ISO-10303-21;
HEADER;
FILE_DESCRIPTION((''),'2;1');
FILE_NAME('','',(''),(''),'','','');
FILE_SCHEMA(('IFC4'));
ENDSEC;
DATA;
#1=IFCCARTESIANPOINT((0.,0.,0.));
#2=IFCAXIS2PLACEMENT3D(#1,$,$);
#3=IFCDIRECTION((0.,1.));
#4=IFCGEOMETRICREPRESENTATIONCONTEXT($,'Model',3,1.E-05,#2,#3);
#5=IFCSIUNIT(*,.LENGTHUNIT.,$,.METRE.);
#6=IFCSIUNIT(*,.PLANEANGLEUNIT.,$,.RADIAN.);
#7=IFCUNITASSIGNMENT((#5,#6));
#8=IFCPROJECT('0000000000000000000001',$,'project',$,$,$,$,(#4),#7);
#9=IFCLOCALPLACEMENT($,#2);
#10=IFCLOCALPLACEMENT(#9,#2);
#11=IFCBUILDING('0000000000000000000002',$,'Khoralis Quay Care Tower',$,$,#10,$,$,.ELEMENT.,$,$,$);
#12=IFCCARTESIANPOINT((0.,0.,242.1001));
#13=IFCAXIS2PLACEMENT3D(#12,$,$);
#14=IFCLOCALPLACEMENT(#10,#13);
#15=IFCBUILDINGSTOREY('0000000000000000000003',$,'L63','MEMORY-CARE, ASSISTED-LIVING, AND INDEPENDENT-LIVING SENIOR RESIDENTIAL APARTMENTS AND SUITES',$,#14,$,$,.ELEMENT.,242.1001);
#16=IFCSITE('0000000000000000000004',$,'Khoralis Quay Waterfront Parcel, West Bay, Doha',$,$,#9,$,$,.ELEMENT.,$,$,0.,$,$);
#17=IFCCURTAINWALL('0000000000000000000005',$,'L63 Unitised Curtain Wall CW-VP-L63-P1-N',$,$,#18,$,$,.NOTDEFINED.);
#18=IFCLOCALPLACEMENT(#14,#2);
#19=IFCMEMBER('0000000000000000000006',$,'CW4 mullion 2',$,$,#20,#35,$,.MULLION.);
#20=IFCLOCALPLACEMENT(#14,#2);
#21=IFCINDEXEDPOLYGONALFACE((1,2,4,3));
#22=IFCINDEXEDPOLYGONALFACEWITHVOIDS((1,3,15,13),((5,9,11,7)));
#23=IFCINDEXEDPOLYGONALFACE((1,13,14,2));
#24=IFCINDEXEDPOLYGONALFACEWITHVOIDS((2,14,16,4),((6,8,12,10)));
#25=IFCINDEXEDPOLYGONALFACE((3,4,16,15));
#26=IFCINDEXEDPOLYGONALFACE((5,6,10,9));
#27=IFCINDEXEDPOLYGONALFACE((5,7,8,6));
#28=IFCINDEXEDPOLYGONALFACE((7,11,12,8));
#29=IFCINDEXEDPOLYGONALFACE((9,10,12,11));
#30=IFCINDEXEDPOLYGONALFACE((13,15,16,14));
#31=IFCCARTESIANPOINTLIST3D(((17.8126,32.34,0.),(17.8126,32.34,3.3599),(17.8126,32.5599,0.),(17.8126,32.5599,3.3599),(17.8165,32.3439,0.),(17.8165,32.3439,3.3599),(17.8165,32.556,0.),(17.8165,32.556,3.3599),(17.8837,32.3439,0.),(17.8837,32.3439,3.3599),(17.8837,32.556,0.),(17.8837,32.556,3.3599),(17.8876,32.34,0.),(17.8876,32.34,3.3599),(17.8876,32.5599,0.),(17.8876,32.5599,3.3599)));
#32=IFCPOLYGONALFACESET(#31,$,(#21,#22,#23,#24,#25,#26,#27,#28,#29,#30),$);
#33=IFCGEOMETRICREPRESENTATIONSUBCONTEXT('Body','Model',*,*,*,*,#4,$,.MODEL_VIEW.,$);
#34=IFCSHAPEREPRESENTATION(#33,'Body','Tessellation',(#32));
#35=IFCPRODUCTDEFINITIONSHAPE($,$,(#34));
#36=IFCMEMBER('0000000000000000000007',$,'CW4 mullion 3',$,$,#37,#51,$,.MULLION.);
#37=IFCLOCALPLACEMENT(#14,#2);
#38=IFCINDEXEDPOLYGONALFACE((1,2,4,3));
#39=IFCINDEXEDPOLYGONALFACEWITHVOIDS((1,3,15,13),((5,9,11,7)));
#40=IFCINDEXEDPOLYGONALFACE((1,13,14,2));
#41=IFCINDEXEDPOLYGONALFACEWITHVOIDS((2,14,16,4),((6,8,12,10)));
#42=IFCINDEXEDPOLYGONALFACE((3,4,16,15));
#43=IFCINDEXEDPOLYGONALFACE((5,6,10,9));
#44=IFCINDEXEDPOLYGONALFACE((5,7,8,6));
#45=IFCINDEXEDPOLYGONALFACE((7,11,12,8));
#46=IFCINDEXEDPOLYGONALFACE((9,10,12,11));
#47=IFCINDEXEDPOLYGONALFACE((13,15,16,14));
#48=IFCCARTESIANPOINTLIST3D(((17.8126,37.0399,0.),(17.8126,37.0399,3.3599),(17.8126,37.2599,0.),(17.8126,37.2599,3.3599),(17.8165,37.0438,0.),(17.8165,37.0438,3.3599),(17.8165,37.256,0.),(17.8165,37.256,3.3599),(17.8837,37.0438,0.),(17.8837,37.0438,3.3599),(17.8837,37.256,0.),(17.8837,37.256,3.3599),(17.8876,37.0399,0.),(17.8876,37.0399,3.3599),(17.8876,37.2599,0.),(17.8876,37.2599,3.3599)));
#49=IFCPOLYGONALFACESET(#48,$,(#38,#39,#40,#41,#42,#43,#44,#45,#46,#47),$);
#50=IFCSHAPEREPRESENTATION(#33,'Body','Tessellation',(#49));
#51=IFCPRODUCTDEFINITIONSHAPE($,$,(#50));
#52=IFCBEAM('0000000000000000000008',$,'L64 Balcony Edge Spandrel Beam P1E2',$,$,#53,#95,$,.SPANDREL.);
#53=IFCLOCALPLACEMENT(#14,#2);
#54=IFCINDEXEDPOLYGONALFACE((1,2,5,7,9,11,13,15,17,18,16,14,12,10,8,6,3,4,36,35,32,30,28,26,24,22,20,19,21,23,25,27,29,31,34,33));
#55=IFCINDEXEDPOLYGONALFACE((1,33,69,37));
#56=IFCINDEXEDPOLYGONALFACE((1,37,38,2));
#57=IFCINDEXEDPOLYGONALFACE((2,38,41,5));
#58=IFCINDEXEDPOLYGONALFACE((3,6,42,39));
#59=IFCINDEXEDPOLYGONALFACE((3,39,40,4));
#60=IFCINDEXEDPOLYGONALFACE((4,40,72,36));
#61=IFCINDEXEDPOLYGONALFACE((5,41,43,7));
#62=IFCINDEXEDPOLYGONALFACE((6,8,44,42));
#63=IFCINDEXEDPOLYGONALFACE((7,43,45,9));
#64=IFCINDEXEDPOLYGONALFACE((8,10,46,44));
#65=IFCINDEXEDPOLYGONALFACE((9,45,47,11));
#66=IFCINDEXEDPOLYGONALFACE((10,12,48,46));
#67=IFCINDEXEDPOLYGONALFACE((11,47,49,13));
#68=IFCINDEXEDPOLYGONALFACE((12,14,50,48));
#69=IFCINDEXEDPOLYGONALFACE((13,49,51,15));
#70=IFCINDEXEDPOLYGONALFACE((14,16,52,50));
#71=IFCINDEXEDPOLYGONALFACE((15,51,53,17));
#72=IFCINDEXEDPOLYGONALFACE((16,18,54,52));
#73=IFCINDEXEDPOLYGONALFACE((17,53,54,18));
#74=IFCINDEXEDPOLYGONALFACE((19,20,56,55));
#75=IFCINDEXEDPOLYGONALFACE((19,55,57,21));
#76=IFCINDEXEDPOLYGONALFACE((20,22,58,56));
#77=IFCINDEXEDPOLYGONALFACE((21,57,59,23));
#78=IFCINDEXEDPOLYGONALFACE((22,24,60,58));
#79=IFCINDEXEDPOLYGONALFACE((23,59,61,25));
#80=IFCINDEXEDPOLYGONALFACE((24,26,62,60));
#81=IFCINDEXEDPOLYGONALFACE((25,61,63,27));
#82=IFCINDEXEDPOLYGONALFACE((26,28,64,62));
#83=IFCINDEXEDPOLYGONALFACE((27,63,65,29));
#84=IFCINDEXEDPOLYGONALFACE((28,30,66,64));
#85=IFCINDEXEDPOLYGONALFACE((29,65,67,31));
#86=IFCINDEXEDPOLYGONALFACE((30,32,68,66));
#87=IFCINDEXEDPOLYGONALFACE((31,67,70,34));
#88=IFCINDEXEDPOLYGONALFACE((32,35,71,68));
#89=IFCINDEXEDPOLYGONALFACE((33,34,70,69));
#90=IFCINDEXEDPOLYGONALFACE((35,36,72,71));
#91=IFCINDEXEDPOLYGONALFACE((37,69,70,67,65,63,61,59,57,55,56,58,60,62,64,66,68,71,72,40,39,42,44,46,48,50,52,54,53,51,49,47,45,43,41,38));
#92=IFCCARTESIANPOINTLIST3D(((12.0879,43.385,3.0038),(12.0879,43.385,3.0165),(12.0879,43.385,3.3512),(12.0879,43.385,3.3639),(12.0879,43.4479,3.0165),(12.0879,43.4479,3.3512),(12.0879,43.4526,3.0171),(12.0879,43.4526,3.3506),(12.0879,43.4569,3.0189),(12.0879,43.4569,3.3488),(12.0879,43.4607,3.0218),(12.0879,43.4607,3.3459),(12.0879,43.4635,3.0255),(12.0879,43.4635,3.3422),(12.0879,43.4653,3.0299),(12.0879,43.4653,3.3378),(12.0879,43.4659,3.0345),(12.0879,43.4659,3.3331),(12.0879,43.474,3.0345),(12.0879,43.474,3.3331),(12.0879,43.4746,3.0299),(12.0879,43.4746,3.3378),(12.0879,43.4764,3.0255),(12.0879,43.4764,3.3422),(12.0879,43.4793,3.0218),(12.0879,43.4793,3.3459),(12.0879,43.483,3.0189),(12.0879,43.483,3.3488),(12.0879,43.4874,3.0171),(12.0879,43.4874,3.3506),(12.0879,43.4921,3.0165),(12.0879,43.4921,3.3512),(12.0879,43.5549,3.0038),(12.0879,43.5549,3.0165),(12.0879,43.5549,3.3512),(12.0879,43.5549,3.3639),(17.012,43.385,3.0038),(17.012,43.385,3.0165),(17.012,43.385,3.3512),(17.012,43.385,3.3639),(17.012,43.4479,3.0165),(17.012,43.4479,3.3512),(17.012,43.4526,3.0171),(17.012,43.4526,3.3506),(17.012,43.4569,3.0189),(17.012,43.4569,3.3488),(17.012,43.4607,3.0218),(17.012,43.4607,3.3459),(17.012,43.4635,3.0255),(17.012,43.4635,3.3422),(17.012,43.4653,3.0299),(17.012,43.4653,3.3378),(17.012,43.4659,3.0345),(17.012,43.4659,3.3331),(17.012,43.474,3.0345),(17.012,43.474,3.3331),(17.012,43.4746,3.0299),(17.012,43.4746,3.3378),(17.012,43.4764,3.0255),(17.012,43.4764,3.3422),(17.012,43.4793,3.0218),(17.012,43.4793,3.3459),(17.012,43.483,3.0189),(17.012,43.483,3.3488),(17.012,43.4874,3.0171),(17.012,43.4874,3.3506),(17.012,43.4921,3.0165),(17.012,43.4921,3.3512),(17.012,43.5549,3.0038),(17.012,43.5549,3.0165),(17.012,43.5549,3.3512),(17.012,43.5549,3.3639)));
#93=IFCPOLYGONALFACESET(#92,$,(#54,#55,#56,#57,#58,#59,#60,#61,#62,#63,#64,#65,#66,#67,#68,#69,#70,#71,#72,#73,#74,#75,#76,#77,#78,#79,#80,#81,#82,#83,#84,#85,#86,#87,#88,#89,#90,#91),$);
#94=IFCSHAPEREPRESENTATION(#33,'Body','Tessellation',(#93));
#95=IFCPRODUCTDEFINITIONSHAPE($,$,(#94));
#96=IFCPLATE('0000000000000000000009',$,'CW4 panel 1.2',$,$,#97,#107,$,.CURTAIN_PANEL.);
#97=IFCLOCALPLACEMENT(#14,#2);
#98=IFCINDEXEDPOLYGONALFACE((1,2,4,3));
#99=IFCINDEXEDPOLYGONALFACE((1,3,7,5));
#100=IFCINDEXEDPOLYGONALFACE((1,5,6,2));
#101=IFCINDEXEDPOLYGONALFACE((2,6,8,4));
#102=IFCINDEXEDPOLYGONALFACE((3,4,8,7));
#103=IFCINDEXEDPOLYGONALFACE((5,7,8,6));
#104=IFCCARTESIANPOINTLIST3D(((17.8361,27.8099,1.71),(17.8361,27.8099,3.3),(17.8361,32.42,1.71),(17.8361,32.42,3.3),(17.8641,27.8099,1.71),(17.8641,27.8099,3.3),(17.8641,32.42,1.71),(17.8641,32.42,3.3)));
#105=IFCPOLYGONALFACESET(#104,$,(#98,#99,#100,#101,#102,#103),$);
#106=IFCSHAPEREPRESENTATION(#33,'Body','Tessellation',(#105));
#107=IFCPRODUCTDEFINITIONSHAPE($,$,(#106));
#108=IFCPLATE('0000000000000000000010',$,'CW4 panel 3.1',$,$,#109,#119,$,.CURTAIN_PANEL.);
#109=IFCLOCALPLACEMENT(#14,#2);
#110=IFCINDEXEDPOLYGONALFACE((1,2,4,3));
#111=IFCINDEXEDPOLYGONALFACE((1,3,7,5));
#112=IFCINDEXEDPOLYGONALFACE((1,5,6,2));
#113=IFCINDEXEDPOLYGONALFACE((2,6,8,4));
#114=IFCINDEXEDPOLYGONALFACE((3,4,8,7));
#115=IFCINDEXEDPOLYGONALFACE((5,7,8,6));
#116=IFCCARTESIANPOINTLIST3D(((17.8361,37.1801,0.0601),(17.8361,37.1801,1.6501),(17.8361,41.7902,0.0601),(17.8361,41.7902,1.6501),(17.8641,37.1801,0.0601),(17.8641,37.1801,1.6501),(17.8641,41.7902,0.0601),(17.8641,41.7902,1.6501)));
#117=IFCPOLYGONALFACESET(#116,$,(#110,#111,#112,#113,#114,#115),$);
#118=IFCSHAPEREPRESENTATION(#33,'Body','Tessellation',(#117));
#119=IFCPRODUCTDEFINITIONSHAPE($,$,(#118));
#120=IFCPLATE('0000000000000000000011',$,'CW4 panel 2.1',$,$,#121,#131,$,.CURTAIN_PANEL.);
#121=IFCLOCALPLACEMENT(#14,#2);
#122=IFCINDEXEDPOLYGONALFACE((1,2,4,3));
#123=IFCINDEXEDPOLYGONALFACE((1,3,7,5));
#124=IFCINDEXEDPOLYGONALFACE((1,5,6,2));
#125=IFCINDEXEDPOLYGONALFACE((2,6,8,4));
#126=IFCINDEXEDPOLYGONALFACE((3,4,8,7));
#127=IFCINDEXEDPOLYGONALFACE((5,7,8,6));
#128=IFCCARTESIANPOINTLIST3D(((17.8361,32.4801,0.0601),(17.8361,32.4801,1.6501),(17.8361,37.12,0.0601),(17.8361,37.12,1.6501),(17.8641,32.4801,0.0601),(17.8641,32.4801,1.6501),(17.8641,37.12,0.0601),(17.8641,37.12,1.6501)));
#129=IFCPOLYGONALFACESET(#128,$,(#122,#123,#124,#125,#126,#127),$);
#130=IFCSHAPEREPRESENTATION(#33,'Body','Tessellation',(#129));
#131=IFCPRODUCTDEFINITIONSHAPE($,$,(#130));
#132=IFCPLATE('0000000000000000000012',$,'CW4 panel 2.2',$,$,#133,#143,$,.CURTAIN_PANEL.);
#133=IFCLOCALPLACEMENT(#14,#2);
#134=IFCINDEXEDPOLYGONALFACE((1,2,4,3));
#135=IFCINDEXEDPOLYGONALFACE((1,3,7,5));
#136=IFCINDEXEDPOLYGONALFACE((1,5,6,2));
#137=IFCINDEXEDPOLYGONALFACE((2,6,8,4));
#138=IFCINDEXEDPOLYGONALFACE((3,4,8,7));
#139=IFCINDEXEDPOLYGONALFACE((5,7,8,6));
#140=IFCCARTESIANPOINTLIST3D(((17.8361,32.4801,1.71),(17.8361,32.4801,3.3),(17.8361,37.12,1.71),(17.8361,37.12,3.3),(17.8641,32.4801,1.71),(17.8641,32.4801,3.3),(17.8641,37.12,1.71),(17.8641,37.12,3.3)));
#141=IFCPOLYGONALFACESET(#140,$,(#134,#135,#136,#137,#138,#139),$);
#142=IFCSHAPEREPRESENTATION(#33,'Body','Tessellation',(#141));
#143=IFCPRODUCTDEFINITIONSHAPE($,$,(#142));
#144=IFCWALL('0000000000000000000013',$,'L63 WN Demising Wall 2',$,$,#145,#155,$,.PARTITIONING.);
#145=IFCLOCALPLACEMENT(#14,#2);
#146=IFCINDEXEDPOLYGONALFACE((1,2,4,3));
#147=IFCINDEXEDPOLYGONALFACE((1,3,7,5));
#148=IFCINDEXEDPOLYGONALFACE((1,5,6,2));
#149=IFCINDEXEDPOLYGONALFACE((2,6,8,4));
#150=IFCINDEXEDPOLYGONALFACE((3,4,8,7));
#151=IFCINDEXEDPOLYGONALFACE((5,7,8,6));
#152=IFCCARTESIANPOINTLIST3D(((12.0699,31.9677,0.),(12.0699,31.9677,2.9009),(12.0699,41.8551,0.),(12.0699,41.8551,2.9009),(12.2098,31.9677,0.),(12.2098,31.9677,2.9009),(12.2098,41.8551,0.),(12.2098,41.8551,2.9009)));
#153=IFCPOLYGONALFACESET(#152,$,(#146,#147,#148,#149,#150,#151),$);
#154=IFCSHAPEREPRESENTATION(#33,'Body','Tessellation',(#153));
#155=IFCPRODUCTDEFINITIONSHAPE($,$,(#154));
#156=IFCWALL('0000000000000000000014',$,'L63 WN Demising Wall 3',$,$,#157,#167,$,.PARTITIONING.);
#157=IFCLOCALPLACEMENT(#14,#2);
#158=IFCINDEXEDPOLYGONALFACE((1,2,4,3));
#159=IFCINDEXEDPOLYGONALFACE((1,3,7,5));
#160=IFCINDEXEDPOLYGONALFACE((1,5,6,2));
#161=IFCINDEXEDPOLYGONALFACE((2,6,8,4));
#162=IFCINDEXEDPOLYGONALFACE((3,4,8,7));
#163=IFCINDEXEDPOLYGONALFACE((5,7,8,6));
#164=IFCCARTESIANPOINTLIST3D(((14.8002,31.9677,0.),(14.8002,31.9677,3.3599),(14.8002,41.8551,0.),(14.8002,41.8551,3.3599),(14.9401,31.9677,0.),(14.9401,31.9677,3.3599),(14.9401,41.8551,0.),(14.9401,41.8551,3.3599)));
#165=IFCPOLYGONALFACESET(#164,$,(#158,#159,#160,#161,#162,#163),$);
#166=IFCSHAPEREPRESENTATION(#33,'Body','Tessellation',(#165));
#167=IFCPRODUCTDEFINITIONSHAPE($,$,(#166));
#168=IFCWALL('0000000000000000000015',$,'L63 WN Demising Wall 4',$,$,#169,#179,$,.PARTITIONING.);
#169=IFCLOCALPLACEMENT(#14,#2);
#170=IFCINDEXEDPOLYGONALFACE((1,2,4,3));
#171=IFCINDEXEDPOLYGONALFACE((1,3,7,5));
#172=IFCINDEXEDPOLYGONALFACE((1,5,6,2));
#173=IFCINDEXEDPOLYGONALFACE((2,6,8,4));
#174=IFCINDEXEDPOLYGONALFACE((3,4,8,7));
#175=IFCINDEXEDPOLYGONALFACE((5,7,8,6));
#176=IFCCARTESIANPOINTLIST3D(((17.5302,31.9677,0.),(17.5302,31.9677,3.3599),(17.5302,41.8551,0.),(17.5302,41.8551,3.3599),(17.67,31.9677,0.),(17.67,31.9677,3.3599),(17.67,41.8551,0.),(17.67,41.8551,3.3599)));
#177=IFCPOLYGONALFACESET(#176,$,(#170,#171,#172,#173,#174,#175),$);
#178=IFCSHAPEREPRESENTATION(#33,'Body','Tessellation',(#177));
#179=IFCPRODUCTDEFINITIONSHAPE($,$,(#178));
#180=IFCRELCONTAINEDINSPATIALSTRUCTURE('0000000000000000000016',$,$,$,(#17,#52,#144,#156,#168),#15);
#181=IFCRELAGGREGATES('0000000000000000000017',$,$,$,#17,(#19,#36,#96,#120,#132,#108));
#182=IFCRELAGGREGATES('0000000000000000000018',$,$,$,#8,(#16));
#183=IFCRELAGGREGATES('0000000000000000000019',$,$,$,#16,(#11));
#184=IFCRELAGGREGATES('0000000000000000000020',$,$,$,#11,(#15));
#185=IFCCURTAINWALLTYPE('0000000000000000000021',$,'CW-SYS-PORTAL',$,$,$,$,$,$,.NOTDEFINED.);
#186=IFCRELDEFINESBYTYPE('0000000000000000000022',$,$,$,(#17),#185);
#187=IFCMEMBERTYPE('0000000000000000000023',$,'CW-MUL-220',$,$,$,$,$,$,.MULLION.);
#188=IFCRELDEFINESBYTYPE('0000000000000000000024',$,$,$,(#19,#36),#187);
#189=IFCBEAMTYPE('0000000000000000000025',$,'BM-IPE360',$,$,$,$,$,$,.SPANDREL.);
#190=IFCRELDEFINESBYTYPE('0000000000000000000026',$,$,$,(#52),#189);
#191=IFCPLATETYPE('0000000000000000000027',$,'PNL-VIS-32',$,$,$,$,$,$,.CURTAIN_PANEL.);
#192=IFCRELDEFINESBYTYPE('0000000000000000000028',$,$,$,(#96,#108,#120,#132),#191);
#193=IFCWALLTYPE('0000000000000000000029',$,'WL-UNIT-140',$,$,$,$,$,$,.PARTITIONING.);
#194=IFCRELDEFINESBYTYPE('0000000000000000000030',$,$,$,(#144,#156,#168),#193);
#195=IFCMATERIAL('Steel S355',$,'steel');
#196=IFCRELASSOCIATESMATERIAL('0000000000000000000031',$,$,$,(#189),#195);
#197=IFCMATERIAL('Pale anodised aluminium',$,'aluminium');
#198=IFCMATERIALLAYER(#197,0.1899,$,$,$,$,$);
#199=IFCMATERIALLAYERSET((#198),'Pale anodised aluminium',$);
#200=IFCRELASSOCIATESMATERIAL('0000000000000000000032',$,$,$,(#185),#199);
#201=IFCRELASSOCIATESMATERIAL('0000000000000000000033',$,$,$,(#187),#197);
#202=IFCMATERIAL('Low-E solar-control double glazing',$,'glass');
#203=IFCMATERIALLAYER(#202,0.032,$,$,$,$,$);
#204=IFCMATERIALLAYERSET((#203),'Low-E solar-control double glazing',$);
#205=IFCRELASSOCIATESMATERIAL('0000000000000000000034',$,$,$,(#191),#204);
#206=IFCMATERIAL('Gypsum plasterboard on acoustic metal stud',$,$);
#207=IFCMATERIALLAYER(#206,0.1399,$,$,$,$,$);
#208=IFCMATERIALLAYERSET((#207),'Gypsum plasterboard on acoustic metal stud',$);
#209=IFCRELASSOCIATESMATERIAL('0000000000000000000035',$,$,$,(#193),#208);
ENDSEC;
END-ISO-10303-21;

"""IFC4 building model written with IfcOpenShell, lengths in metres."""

from ifc_helpers import new_model, si_unit, direction, frame, frame_2d, origin, origin_2d, place, context, subcontext, project, spatial, rectangle, hollow_rectangle, i_section, extrude, source, transform, mapped, material, layer, layer_set, material_profile, profile_set, type_object, element, aggregate, save


model = new_model("IFC4")

# Units and contexts
model_context = context("Model", 3, precision=1e-05, world=origin(), true_north=direction((0.0, 1.0)))
body_context = subcontext(model_context, "Body", "Model", "MODEL_VIEW")
ifc_project = project(units=[si_unit("LENGTHUNIT", "METRE"), si_unit("PLANEANGLEUNIT", "RADIAN")], contexts=[model_context])

# Site, building, storey
site_placement = place(None, origin())
site = spatial("IfcSite", under=ifc_project, at=site_placement, Name="Khoralis Quay Waterfront Parcel, West Bay, Doha", CompositionType="ELEMENT", RefElevation=0.0)
building_placement = place(site_placement, origin())
building = spatial("IfcBuilding", under=site, at=building_placement, Name="Khoralis Quay Care Tower", CompositionType="ELEMENT")
storey_placement = place(building_placement, frame((0.0, 0.0, 242.1001)))
storey = spatial("IfcBuildingStorey", under=building, at=storey_placement, Name="L63", Description="MEMORY-CARE, ASSISTED-LIVING, AND INDEPENDENT-LIVING SENIOR RESIDENTIAL APARTMENTS AND SUITES", CompositionType="ELEMENT", Elevation=242.1001)

# Shared definitions
ifc_material_1 = material(Name="Steel S355", Category="steel")
ifc_material_profile_1 = material_profile(ifc_material_1, i_section(OverallWidth=0.1699, OverallDepth=0.3601, WebThickness=0.0081, FlangeThickness=0.0127, FilletRadius=0.0181, at=origin_2d()), Name="Steel S355")
ifc_profile_set_1 = profile_set([ifc_material_profile_1], Name="Steel S355")
beam_type = type_object("IfcBeamType", Name="BM-IPE360", PredefinedType="SPANDREL", material=ifc_profile_set_1)

# Curtain wall, members
ifc_material_2 = material(Name="Pale anodised aluminium", Category="aluminium")
ifc_layer_1 = layer(ifc_material_2, 0.1899)
ifc_layer_set_1 = layer_set([ifc_layer_1], Name="Pale anodised aluminium")
curtain_wall_type = type_object("IfcCurtainWallType", Name="CW-SYS-PORTAL", PredefinedType="NOTDEFINED", material=ifc_layer_set_1)
curtain_wall_placement = place(storey_placement, origin())
curtain_wall = element("IfcCurtainWall", 1, at=curtain_wall_placement, inside=storey, type_object=curtain_wall_type, Name="L63 Unitised Curtain Wall CW-VP-L63-P1-N", PredefinedType="NOTDEFINED")
ifc_material_profile_2 = material_profile(ifc_material_2, hollow_rectangle(XDim=0.075, YDim=0.22, WallThickness=0.0039, at=origin_2d()), Name="Pale anodised aluminium")
ifc_profile_set_2 = profile_set([ifc_material_profile_2], Name="Pale anodised aluminium")
member_type_1 = type_object("IfcMemberType", Name="CW-MUL-220", PredefinedType="MULLION", material=ifc_profile_set_2)
shared_shape_1 = source(origin(), body_context, "Body", "SweptSolid", [
    extrude(hollow_rectangle(XDim=0.075, YDim=0.22, WallThickness=0.0039, at=origin_2d()), origin(), (0.0, 0.0, 1.0), 3.3599),
])
member_1_placement = place(storey_placement, frame((17.8501, 32.45, 0.0), z_axis=(0.0, 0.0, 1.0), x_axis=(-1.0, 0.0, 0.0)))
member_1 = element("IfcMember", 2, at=member_1_placement, type_object=member_type_1, Name="CW4 mullion 2", PredefinedType="MULLION", context=body_context, shape_type="MappedRepresentation", body=[
    mapped(shared_shape_1, transform((0.0, 0.0, 0.0), scale=1.0)),
])
member_2_placement = place(storey_placement, frame((17.8501, 37.1499, 0.0), z_axis=(0.0, 0.0, 1.0), x_axis=(-1.0, 0.0, 0.0)))
member_2 = element("IfcMember", 3, at=member_2_placement, type_object=member_type_1, Name="CW4 mullion 3", PredefinedType="MULLION", context=body_context, shape_type="MappedRepresentation", body=[
    mapped(shared_shape_1, transform((0.0, 0.0, 0.0), scale=1.0)),
])

# Beam
shared_shape_2 = source(origin(), body_context, "Body", "SweptSolid", [
    extrude(i_section(OverallWidth=0.1699, OverallDepth=0.3601, WebThickness=0.0081, FlangeThickness=0.0127, FilletRadius=0.0181, at=origin_2d()), origin(), (0.0, 0.0, 1.0), 4.9241),
])
beam_1_placement = place(storey_placement, frame((12.0879, 43.47, 3.1838), z_axis=(1.0, 0.0, 0.0), x_axis=(0.0, 1.0, 0.0)))
element("IfcBeam", 4, at=beam_1_placement, inside=storey, type_object=beam_type, Name="L64 Balcony Edge Spandrel Beam P1E2", PredefinedType="SPANDREL", context=body_context, shape_type="MappedRepresentation", body=[
    mapped(shared_shape_2, transform((0.0, 0.0, 0.0), scale=1.0)),
])

# Plates
ifc_material_3 = material(Name="Low-E solar-control double glazing", Category="glass")
ifc_layer_2 = layer(ifc_material_3, 0.032)
ifc_layer_set_2 = layer_set([ifc_layer_2], Name="Low-E solar-control double glazing")
plate_type = type_object("IfcPlateType", Name="PNL-VIS-32", PredefinedType="CURTAIN_PANEL", material=ifc_layer_set_2)
shared_shape_3 = source(origin(), body_context, "Body", "SweptSolid", [
    extrude(rectangle(XDim=4.6101, YDim=0.0281, at=origin_2d()), origin(), (0.0, 0.0, 1.0), 1.5901),
])
plate_1_placement = place(storey_placement, frame((17.8501, 30.115, 1.71), z_axis=(0.0, 0.0, 1.0), x_axis=(0.0, 1.0, 0.0)))
plate_1 = element("IfcPlate", 5, at=plate_1_placement, type_object=plate_type, Name="CW4 panel 1.2", PredefinedType="CURTAIN_PANEL", context=body_context, shape_type="MappedRepresentation", body=[
    mapped(shared_shape_3, transform((0.0, 0.0, 0.0), scale=1.0)),
])
plate_2_placement = place(storey_placement, frame((17.8501, 39.4851, 0.0601), z_axis=(0.0, 0.0, 1.0), x_axis=(0.0, 1.0, 0.0)))
plate_2 = element("IfcPlate", 6, at=plate_2_placement, type_object=plate_type, Name="CW4 panel 3.1", PredefinedType="CURTAIN_PANEL", context=body_context, shape_type="MappedRepresentation", body=[
    mapped(shared_shape_3, transform((0.0, 0.0, 0.0), scale=1.0)),
])
shared_shape_4 = source(origin(), body_context, "Body", "SweptSolid", [
    extrude(rectangle(XDim=4.6399, YDim=0.0281, at=origin_2d()), origin(), (0.0, 0.0, 1.0), 1.5901),
])
plate_3_placement = place(storey_placement, frame((17.8501, 34.8, 0.0601), z_axis=(0.0, 0.0, 1.0), x_axis=(0.0, 1.0, 0.0)))
plate_3 = element("IfcPlate", 7, at=plate_3_placement, type_object=plate_type, Name="CW4 panel 2.1", PredefinedType="CURTAIN_PANEL", context=body_context, shape_type="MappedRepresentation", body=[
    mapped(shared_shape_4, transform((0.0, 0.0, 0.0), scale=1.0)),
])
plate_4_placement = place(storey_placement, frame((17.8501, 34.8, 1.71), z_axis=(0.0, 0.0, 1.0), x_axis=(0.0, 1.0, 0.0)))
plate_4 = element("IfcPlate", 8, at=plate_4_placement, type_object=plate_type, Name="CW4 panel 2.2", PredefinedType="CURTAIN_PANEL", context=body_context, shape_type="MappedRepresentation", body=[
    mapped(shared_shape_4, transform((0.0, 0.0, 0.0), scale=1.0)),
])
aggregate(curtain_wall, [member_1, member_2, plate_1, plate_3, plate_4, plate_2])

# Walls
ifc_material_4 = material(Name="Gypsum plasterboard on acoustic metal stud")
ifc_layer_3 = layer(ifc_material_4, 0.1399)
ifc_layer_set_3 = layer_set([ifc_layer_3], Name="Gypsum plasterboard on acoustic metal stud")
wall_type = type_object("IfcWallType", Name="WL-UNIT-140", PredefinedType="PARTITIONING", material=ifc_layer_set_3)
wall_placement = place(storey_placement, frame((12.1399, 31.9675, 0.0), z_axis=(0.0, 0.0, 1.0), x_axis=(0.0, 1.0, 0.0)))
element("IfcWall", 9, at=wall_placement, inside=storey, type_object=wall_type, Name="L63 WN Demising Wall 2", PredefinedType="PARTITIONING", context=body_context, shape_type="SweptSolid", body=[
    extrude(rectangle(XDim=9.8875, YDim=0.1399, at=frame_2d((4.9438, 0.0))), origin(), (0.0, 0.0, 1.0), 2.9009),
])
for number, where, z_axis, x_axis, name in (
    (10, (14.8701, 31.9675, 0.0), (0.0, 0.0, 1.0), (0.0, 1.0, 0.0), "L63 WN Demising Wall 3"),
    (11, (17.6001, 31.9675, 0.0), (0.0, 0.0, 1.0), (0.0, 1.0, 0.0), "L63 WN Demising Wall 4"),
):
    element("IfcWall", number, at=place(storey_placement, frame(where, z_axis=z_axis, x_axis=x_axis)), inside=storey, type_object=wall_type, Name=name, PredefinedType="PARTITIONING", context=body_context, shape_type="SweptSolid", body=[
        extrude(rectangle(XDim=9.8875, YDim=0.1399, at=frame_2d((4.9438, 0.0))), origin(), (0.0, 0.0, 1.0), 3.3599),
    ])

save(model, "model.ifc")
